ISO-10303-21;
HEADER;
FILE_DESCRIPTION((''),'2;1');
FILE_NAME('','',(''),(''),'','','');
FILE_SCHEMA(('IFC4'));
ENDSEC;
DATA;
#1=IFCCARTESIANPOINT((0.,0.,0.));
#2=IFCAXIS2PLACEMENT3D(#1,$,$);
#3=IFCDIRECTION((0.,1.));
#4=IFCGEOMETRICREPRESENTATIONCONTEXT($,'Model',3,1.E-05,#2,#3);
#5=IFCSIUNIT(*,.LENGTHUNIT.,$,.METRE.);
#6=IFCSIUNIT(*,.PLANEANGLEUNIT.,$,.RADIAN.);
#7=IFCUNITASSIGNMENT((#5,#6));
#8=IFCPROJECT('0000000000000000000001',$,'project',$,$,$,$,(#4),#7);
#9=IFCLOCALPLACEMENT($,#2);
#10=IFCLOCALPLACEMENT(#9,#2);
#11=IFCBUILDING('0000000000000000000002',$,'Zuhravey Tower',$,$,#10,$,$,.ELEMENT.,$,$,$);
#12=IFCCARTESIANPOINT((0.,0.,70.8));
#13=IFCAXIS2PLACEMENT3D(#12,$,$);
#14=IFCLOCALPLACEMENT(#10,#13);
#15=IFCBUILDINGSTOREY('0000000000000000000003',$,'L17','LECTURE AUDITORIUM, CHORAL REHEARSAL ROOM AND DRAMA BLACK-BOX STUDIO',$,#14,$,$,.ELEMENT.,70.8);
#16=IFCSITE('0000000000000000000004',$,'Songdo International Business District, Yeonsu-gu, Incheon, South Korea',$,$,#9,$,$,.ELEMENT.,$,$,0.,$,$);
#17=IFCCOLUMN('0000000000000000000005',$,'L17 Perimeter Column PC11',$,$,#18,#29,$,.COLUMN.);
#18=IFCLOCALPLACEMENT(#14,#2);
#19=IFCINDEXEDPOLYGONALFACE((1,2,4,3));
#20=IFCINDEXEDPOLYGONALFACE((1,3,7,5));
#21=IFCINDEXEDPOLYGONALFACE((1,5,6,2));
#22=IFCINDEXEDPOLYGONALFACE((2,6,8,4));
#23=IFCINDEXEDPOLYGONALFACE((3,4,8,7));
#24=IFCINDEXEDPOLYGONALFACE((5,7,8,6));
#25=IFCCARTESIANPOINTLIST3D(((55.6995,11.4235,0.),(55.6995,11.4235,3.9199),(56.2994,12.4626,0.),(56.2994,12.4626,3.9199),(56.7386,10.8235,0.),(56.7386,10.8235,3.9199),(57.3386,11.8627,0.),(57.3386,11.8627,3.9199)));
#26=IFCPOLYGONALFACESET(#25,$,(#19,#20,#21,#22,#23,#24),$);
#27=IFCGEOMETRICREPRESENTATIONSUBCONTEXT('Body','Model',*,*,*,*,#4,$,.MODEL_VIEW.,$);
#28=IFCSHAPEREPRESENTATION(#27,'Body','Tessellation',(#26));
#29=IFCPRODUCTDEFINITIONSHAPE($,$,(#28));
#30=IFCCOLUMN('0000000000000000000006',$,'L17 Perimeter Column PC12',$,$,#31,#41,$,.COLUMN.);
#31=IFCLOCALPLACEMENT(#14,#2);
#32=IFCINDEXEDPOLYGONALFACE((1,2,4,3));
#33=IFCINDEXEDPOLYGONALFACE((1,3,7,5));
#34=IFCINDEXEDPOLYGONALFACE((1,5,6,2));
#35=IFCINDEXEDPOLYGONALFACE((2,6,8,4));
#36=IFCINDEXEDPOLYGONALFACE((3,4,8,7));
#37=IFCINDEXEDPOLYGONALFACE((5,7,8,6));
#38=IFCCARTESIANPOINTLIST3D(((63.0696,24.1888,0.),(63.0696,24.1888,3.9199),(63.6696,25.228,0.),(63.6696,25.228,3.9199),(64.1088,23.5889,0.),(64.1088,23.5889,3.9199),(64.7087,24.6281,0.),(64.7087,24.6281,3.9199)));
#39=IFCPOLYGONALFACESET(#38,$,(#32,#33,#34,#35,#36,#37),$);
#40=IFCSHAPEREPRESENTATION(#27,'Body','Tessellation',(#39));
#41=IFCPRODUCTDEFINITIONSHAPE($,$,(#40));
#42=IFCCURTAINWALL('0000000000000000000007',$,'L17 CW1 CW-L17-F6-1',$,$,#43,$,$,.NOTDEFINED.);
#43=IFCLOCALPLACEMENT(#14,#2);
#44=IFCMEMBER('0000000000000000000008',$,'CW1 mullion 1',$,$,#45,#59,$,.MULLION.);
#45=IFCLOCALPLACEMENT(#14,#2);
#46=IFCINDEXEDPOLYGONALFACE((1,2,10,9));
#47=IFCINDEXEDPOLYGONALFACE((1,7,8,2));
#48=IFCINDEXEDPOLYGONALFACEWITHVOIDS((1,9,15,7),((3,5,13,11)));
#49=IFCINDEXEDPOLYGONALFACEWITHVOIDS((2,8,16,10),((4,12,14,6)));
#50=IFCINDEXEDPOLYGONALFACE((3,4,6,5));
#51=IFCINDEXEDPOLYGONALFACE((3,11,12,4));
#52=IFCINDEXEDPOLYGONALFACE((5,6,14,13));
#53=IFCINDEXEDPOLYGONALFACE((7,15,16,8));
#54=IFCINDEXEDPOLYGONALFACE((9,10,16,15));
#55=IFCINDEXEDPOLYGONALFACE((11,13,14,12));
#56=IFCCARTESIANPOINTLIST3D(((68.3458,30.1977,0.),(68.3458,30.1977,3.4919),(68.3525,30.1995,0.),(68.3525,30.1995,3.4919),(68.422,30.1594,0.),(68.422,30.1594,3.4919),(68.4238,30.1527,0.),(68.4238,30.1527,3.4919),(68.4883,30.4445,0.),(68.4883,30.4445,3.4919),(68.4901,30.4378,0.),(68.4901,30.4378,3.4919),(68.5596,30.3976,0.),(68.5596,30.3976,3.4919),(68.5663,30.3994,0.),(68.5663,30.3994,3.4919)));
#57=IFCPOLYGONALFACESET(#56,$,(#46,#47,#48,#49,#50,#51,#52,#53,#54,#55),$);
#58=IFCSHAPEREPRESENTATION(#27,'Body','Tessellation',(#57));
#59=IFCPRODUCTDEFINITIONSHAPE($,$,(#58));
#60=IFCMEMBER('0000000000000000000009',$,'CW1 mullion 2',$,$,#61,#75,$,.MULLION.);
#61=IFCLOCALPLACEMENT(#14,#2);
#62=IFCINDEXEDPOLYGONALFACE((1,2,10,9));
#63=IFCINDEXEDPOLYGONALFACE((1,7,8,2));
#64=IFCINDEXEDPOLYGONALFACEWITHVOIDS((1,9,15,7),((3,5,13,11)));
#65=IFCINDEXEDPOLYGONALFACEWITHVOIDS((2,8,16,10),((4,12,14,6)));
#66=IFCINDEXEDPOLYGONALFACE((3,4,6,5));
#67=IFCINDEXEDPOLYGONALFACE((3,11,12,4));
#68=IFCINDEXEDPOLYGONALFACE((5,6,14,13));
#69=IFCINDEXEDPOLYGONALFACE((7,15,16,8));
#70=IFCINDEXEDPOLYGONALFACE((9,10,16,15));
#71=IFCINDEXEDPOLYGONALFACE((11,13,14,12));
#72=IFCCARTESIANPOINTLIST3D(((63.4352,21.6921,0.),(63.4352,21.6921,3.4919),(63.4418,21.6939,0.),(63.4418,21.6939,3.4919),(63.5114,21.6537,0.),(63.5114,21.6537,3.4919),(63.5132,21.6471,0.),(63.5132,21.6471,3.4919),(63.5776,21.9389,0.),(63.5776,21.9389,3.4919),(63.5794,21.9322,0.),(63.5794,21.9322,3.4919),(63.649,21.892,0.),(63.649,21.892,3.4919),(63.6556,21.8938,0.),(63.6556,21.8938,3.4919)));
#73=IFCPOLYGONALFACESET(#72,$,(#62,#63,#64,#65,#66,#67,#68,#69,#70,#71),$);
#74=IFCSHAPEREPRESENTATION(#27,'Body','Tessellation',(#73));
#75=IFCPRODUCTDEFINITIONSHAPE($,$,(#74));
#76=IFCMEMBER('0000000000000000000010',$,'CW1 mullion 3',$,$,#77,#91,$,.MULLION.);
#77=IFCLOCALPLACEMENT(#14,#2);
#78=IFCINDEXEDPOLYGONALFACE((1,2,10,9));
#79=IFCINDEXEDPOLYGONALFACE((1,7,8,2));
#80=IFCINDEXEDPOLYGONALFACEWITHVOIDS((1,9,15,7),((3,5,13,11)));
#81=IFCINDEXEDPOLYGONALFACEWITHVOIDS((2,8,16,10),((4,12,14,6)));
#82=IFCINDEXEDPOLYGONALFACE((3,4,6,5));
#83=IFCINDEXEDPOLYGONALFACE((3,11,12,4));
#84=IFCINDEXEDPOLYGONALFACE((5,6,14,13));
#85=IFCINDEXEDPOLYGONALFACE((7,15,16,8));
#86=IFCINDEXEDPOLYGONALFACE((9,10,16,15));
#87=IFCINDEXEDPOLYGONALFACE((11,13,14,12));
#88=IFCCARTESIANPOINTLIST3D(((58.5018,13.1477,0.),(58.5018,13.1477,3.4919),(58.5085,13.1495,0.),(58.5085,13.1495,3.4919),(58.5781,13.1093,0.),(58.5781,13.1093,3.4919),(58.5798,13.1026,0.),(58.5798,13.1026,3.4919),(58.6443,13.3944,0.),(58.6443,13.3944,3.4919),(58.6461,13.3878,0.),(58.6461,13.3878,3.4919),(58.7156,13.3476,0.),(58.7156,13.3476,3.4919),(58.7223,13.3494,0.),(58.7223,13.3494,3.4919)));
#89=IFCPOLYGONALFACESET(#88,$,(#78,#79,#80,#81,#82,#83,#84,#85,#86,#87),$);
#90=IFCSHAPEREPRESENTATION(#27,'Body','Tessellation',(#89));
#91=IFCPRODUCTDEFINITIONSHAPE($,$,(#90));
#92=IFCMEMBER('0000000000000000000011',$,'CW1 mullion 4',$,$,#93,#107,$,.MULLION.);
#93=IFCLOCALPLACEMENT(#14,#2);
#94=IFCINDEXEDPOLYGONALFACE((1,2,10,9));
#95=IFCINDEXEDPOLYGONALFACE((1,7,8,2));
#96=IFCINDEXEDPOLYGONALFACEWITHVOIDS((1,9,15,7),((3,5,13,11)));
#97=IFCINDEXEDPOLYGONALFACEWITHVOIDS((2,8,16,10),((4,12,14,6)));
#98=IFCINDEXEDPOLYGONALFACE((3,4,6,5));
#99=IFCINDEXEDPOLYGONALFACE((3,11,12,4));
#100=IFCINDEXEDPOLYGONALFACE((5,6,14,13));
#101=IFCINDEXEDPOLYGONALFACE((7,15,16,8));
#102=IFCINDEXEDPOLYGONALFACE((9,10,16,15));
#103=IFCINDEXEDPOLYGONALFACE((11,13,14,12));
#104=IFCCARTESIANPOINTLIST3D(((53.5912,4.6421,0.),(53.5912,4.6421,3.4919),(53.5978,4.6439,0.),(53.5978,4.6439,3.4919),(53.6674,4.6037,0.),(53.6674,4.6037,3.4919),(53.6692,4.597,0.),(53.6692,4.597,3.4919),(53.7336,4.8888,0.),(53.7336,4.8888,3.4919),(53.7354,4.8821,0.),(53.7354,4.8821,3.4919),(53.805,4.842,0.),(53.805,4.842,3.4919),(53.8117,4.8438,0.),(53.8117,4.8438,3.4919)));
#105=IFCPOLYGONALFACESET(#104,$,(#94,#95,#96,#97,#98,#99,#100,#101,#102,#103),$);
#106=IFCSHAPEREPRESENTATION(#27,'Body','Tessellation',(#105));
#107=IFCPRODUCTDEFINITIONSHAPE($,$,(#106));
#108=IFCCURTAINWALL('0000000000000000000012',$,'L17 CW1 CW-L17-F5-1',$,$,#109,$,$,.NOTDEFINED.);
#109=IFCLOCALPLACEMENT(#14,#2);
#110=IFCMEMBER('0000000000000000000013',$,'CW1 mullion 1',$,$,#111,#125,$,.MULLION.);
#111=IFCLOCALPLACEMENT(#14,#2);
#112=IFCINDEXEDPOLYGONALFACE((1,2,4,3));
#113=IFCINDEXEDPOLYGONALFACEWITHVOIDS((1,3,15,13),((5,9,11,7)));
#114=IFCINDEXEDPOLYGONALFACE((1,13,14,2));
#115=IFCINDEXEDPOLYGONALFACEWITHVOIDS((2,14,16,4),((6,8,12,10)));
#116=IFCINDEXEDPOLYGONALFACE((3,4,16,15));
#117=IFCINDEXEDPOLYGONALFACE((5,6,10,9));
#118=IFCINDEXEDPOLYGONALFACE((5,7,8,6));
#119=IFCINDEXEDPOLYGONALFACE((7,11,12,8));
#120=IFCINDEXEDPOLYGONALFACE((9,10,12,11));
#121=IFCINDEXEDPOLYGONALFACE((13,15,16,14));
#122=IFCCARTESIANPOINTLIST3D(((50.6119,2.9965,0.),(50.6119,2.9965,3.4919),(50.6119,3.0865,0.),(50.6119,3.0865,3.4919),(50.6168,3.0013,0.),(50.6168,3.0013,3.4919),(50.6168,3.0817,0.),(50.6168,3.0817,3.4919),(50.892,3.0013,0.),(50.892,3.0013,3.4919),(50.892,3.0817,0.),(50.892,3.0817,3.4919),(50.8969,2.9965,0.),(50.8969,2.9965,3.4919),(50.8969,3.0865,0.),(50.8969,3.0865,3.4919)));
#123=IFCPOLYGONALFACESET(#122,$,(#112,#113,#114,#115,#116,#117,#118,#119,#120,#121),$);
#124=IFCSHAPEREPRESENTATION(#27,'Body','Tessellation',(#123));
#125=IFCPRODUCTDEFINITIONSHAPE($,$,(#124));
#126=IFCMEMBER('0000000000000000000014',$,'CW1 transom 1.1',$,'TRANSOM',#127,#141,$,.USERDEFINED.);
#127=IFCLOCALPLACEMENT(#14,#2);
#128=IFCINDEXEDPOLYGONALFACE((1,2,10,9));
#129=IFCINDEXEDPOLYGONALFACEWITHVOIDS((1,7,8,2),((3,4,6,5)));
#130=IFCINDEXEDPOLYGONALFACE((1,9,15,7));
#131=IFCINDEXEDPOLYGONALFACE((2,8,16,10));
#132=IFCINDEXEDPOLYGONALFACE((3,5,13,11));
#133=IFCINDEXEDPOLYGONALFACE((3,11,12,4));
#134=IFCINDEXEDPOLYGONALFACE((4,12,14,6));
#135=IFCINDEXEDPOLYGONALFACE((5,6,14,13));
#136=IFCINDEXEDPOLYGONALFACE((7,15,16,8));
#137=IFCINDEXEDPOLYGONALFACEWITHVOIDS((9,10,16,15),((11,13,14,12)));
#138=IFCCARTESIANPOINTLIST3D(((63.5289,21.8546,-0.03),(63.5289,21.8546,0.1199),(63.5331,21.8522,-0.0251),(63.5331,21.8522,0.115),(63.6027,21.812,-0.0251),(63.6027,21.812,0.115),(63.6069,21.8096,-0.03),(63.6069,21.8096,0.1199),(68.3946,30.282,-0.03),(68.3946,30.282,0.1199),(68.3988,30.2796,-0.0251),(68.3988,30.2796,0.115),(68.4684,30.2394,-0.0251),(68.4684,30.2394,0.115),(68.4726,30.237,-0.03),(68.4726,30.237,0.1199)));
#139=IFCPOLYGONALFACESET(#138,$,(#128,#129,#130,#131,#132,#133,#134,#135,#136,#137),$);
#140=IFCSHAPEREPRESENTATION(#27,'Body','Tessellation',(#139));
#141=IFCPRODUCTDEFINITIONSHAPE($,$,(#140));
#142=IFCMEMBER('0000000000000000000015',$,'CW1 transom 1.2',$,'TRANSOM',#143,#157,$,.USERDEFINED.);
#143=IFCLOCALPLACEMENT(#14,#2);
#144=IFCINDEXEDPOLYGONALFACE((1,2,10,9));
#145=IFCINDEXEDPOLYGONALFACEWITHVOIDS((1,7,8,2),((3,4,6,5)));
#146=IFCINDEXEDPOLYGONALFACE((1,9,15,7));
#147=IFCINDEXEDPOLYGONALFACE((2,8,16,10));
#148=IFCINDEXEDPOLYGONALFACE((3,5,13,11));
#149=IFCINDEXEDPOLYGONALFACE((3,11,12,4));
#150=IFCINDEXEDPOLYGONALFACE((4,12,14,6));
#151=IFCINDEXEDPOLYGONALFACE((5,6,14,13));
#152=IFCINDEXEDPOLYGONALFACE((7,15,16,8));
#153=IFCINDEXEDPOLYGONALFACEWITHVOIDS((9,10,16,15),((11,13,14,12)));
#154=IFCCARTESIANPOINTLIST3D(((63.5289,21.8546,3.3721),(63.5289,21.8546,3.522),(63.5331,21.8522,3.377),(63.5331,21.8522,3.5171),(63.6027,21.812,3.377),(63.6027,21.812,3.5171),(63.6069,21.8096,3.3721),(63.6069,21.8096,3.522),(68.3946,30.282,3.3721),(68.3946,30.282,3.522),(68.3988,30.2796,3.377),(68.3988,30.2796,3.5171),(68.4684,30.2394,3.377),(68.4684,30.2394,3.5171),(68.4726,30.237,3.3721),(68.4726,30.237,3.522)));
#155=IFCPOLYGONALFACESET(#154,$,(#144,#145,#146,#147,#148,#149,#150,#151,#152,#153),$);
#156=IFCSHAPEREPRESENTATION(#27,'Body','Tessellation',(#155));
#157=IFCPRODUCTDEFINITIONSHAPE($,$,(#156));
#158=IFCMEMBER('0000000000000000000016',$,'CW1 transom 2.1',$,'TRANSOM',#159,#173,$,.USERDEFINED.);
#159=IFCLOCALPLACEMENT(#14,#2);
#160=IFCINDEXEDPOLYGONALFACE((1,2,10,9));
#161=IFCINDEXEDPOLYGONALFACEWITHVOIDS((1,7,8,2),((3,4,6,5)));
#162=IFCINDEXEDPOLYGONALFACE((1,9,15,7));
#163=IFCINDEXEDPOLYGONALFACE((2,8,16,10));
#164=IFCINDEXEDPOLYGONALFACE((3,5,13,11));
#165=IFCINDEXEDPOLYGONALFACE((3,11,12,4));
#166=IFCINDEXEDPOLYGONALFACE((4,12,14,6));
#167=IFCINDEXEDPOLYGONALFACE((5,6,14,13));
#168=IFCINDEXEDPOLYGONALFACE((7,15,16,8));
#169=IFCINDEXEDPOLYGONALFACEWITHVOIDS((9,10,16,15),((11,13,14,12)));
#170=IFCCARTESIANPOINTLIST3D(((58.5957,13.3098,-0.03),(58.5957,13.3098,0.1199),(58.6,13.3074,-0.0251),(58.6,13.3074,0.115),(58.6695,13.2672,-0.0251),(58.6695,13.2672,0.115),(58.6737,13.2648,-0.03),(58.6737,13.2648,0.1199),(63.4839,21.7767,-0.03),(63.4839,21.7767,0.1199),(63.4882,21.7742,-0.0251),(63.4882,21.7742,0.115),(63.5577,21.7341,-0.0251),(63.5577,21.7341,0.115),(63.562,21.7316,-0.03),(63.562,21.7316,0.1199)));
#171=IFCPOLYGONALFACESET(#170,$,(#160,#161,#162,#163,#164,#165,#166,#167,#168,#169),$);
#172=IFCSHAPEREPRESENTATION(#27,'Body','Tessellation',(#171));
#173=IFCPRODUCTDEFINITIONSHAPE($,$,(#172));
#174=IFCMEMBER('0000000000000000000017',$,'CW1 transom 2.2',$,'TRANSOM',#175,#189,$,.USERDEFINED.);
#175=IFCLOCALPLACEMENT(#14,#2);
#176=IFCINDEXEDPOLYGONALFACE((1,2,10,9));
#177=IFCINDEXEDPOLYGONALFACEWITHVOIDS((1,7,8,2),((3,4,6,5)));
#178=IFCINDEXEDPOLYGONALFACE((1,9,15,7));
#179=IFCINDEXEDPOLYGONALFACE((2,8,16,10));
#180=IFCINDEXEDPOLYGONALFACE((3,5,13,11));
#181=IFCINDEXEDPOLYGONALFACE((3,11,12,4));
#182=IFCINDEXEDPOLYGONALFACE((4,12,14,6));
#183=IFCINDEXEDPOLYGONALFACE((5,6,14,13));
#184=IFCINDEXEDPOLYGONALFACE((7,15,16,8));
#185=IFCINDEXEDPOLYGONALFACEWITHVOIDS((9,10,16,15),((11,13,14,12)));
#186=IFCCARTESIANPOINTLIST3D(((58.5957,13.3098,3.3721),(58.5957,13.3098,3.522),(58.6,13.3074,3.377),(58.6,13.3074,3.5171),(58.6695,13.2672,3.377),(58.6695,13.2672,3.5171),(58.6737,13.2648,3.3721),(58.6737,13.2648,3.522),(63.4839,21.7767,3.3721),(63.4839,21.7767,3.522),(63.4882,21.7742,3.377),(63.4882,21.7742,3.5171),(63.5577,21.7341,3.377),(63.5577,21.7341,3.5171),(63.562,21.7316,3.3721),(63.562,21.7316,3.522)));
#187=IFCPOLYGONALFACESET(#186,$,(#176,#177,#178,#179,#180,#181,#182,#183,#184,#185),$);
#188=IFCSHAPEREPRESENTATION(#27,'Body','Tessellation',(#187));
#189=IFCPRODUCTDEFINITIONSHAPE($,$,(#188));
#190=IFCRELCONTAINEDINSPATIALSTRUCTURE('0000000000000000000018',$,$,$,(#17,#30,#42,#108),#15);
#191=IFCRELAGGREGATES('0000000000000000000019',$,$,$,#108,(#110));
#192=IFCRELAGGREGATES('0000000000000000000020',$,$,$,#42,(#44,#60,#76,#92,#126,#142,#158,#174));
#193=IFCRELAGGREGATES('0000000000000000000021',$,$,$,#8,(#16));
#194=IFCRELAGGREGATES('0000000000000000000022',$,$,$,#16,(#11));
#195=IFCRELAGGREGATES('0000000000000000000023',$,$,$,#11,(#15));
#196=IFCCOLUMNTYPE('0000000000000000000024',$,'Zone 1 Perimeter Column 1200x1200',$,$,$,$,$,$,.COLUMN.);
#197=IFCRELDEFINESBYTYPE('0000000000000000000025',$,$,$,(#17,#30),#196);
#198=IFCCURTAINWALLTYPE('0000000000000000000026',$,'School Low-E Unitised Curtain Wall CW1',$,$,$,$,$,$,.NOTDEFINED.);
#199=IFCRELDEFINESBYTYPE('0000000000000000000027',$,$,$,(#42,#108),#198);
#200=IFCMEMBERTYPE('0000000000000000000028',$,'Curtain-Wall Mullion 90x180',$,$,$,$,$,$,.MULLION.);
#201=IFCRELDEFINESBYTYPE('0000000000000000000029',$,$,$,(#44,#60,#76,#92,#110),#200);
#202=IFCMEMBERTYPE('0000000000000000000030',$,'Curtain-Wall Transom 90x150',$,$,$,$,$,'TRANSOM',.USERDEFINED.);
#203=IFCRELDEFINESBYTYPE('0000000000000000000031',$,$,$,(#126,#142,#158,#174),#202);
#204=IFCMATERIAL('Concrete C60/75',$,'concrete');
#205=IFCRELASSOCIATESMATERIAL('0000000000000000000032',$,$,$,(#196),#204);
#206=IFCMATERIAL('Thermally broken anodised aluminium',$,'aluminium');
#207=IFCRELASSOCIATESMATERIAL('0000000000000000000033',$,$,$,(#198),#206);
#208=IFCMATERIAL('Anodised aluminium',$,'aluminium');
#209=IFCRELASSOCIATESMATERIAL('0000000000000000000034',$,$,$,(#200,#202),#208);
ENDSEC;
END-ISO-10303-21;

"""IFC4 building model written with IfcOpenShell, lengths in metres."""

from ifc_helpers import new_model, si_unit, direction, frame, origin, origin_2d, place, context, subcontext, project, spatial, rectangle, hollow_rectangle, extrude, material, material_profile, profile_set, type_object, element, aggregate, save


model = new_model("IFC4")

# Units and contexts
model_context = context("Model", 3, precision=1e-05, world=origin(), true_north=direction((0.0, 1.0)))
body_context = subcontext(model_context, "Body", "Model", "MODEL_VIEW")
ifc_project = project(units=[si_unit("LENGTHUNIT", "METRE"), si_unit("PLANEANGLEUNIT", "RADIAN")], contexts=[model_context])

# Site, building, storey
site_placement = place(None, origin())
site = spatial("IfcSite", under=ifc_project, at=site_placement, Name="Songdo International Business District, Yeonsu-gu, Incheon, South Korea", CompositionType="ELEMENT", RefElevation=0.0)
building_placement = place(site_placement, origin())
building = spatial("IfcBuilding", under=site, at=building_placement, Name="Zuhravey Tower", CompositionType="ELEMENT")
storey_placement = place(building_placement, frame((0.0, 0.0, 70.8)))
storey = spatial("IfcBuildingStorey", under=building, at=storey_placement, Name="L17", Description="LECTURE AUDITORIUM, CHORAL REHEARSAL ROOM AND DRAMA BLACK-BOX STUDIO", CompositionType="ELEMENT", Elevation=70.8)

# Columns
ifc_material_1 = material(Name="Concrete C60/75", Category="concrete")
ifc_material_profile_1 = material_profile(ifc_material_1, rectangle(XDim=1.2, YDim=1.2, at=origin_2d()), Name="RC-1200x1200")
ifc_profile_set_1 = profile_set([ifc_material_profile_1], Name="Concrete C60/75")
column_type = type_object("IfcColumnType", Name="Zone 1 Perimeter Column 1200x1200", PredefinedType="COLUMN", material=ifc_profile_set_1)
for number, where, z_axis, x_axis, name in (
    (1, (56.519, 11.6431, 0.0), (0.0, 0.0, 1.0), (0.5, 0.866025, 0.0), "L17 Perimeter Column PC11"),
    (2, (63.8892, 24.4084, 0.0), (0.0, 0.0, 1.0), (0.5, 0.866025, 0.0), "L17 Perimeter Column PC12"),
):
    element("IfcColumn", number, at=place(storey_placement, frame(where, z_axis=z_axis, x_axis=x_axis)), inside=storey, type_object=column_type, Name=name, PredefinedType="COLUMN", context=body_context, shape_type="SweptSolid", body=[
        extrude(rectangle(XDim=1.2, YDim=1.2, at=origin_2d()), origin(), (0.0, 0.0, 1.0), 3.9199),
    ])

# Curtain wall, members
ifc_material_2 = material(Name="Thermally broken anodised aluminium", Category="aluminium")
curtain_wall_type = type_object("IfcCurtainWallType", Name="School Low-E Unitised Curtain Wall CW1", PredefinedType="NOTDEFINED", material=ifc_material_2)
curtain_wall_1_placement = place(storey_placement, origin())
curtain_wall_1 = element("IfcCurtainWall", 3, at=curtain_wall_1_placement, inside=storey, type_object=curtain_wall_type, Name="L17 CW1 CW-L17-F6-1", PredefinedType="NOTDEFINED")
ifc_material_3 = material(Name="Anodised aluminium", Category="aluminium")
ifc_material_profile_2 = material_profile(ifc_material_3, hollow_rectangle(XDim=0.0901, YDim=0.2849, WallThickness=0.0049, at=origin_2d()), Name="ALU-RHS-90x285x5")
ifc_profile_set_2 = profile_set([ifc_material_profile_2], Name="Anodised aluminium")
member_type_1 = type_object("IfcMemberType", Name="Curtain-Wall Mullion 90x180", PredefinedType="MULLION", material=ifc_profile_set_2)
member_1_placement = place(storey_placement, frame((68.4561, 30.2986, 0.0), z_axis=(0.0, 0.0, 1.0), x_axis=(0.866026, -0.5, 0.0)))
member_1 = element("IfcMember", 4, at=member_1_placement, type_object=member_type_1, Name="CW1 mullion 1", PredefinedType="MULLION", context=body_context, shape_type="SweptSolid", body=[
    extrude(hollow_rectangle(XDim=0.0901, YDim=0.2849, WallThickness=0.0049, at=origin_2d()), origin(), (0.0, 0.0, 1.0), 3.4919),
])
member_2_placement = place(storey_placement, frame((63.5454, 21.793, 0.0), z_axis=(0.0, 0.0, 1.0), x_axis=(0.866026, -0.5, 0.0)))
member_2 = element("IfcMember", 5, at=member_2_placement, type_object=member_type_1, Name="CW1 mullion 2", PredefinedType="MULLION", context=body_context, shape_type="SweptSolid", body=[
    extrude(hollow_rectangle(XDim=0.0901, YDim=0.2849, WallThickness=0.0049, at=origin_2d()), origin(), (0.0, 0.0, 1.0), 3.4919),
])
member_3_placement = place(storey_placement, frame((58.6121, 13.2485, 0.0), z_axis=(0.0, 0.0, 1.0), x_axis=(0.866026, -0.5, 0.0)))
member_3 = element("IfcMember", 6, at=member_3_placement, type_object=member_type_1, Name="CW1 mullion 3", PredefinedType="MULLION", context=body_context, shape_type="SweptSolid", body=[
    extrude(hollow_rectangle(XDim=0.0901, YDim=0.2849, WallThickness=0.0049, at=origin_2d()), origin(), (0.0, 0.0, 1.0), 3.4919),
])
member_4_placement = place(storey_placement, frame((53.7014, 4.7429, 0.0), z_axis=(0.0, 0.0, 1.0), x_axis=(0.866026, -0.5, 0.0)))
member_4 = element("IfcMember", 7, at=member_4_placement, type_object=member_type_1, Name="CW1 mullion 4", PredefinedType="MULLION", context=body_context, shape_type="SweptSolid", body=[
    extrude(hollow_rectangle(XDim=0.0901, YDim=0.2849, WallThickness=0.0049, at=origin_2d()), origin(), (0.0, 0.0, 1.0), 3.4919),
])

# Curtain wall, member
curtain_wall_2_placement = place(storey_placement, origin())
curtain_wall_2 = element("IfcCurtainWall", 8, at=curtain_wall_2_placement, inside=storey, type_object=curtain_wall_type, Name="L17 CW1 CW-L17-F5-1", PredefinedType="NOTDEFINED")
member_5_placement = place(storey_placement, frame((50.7544, 3.0415, 0.0), z_axis=(0.0, 0.0, 1.0), x_axis=(0.0, -1.0, 0.0)))
member_5 = element("IfcMember", 9, at=member_5_placement, type_object=member_type_1, Name="CW1 mullion 1", PredefinedType="MULLION", context=body_context, shape_type="SweptSolid", body=[
    extrude(hollow_rectangle(XDim=0.0901, YDim=0.2849, WallThickness=0.0049, at=origin_2d()), origin(), (0.0, 0.0, 1.0), 3.4919),
])

# Members
ifc_material_profile_3 = material_profile(ifc_material_3, hollow_rectangle(XDim=0.0901, YDim=0.1499, WallThickness=0.0049, at=origin_2d()), Name="ALU-RHS-90x150x5")
ifc_profile_set_3 = profile_set([ifc_material_profile_3], Name="Anodised aluminium")
member_type_2 = type_object("IfcMemberType", Name="Curtain-Wall Transom 90x150", ElementType="TRANSOM", PredefinedType="USERDEFINED", material=ifc_profile_set_3)
member_6_placement = place(storey_placement, frame((68.4336, 30.2595, 0.0449), z_axis=(-0.500008, -0.866021, 0.0), x_axis=(0.866021, -0.500008, 0.0)))
member_6 = element("IfcMember", 10, at=member_6_placement, type_object=member_type_2, Name="CW1 transom 1.1", ObjectType="TRANSOM", PredefinedType="USERDEFINED", context=body_context, shape_type="SweptSolid", body=[
    extrude(hollow_rectangle(XDim=0.0901, YDim=0.1499, WallThickness=0.0049, at=origin_2d()), origin(), (0.0, 0.0, 1.0), 9.7312),
])
member_7_placement = place(storey_placement, frame((68.4336, 30.2595, 3.447), z_axis=(-0.500008, -0.866021, 0.0), x_axis=(0.866021, -0.500008, 0.0)))
member_7 = element("IfcMember", 11, at=member_7_placement, type_object=member_type_2, Name="CW1 transom 1.2", ObjectType="TRANSOM", PredefinedType="USERDEFINED", context=body_context, shape_type="SweptSolid", body=[
    extrude(hollow_rectangle(XDim=0.0901, YDim=0.1499, WallThickness=0.0049, at=origin_2d()), origin(), (0.0, 0.0, 1.0), 9.7312),
])
member_8_placement = place(storey_placement, frame((63.5229, 21.7542, 0.0449), z_axis=(-0.49999, -0.866031, 0.0), x_axis=(0.866031, -0.49999, 0.0)))
member_8 = element("IfcMember", 12, at=member_8_placement, type_object=member_type_2, Name="CW1 transom 2.1", ObjectType="TRANSOM", PredefinedType="USERDEFINED", context=body_context, shape_type="SweptSolid", body=[
    extrude(hollow_rectangle(XDim=0.0901, YDim=0.1499, WallThickness=0.0049, at=origin_2d()), origin(), (0.0, 0.0, 1.0), 9.7766),
])
member_9_placement = place(storey_placement, frame((63.5229, 21.7542, 3.447), z_axis=(-0.49999, -0.866031, 0.0), x_axis=(0.866031, -0.49999, 0.0)))
member_9 = element("IfcMember", 13, at=member_9_placement, type_object=member_type_2, Name="CW1 transom 2.2", ObjectType="TRANSOM", PredefinedType="USERDEFINED", context=body_context, shape_type="SweptSolid", body=[
    extrude(hollow_rectangle(XDim=0.0901, YDim=0.1499, WallThickness=0.0049, at=origin_2d()), origin(), (0.0, 0.0, 1.0), 9.7766),
])
aggregate(curtain_wall_2, [member_5])

aggregate(curtain_wall_1, [member_1, member_2, member_3, member_4, member_6, member_7, member_8, member_9])

save(model, "model.ifc")
